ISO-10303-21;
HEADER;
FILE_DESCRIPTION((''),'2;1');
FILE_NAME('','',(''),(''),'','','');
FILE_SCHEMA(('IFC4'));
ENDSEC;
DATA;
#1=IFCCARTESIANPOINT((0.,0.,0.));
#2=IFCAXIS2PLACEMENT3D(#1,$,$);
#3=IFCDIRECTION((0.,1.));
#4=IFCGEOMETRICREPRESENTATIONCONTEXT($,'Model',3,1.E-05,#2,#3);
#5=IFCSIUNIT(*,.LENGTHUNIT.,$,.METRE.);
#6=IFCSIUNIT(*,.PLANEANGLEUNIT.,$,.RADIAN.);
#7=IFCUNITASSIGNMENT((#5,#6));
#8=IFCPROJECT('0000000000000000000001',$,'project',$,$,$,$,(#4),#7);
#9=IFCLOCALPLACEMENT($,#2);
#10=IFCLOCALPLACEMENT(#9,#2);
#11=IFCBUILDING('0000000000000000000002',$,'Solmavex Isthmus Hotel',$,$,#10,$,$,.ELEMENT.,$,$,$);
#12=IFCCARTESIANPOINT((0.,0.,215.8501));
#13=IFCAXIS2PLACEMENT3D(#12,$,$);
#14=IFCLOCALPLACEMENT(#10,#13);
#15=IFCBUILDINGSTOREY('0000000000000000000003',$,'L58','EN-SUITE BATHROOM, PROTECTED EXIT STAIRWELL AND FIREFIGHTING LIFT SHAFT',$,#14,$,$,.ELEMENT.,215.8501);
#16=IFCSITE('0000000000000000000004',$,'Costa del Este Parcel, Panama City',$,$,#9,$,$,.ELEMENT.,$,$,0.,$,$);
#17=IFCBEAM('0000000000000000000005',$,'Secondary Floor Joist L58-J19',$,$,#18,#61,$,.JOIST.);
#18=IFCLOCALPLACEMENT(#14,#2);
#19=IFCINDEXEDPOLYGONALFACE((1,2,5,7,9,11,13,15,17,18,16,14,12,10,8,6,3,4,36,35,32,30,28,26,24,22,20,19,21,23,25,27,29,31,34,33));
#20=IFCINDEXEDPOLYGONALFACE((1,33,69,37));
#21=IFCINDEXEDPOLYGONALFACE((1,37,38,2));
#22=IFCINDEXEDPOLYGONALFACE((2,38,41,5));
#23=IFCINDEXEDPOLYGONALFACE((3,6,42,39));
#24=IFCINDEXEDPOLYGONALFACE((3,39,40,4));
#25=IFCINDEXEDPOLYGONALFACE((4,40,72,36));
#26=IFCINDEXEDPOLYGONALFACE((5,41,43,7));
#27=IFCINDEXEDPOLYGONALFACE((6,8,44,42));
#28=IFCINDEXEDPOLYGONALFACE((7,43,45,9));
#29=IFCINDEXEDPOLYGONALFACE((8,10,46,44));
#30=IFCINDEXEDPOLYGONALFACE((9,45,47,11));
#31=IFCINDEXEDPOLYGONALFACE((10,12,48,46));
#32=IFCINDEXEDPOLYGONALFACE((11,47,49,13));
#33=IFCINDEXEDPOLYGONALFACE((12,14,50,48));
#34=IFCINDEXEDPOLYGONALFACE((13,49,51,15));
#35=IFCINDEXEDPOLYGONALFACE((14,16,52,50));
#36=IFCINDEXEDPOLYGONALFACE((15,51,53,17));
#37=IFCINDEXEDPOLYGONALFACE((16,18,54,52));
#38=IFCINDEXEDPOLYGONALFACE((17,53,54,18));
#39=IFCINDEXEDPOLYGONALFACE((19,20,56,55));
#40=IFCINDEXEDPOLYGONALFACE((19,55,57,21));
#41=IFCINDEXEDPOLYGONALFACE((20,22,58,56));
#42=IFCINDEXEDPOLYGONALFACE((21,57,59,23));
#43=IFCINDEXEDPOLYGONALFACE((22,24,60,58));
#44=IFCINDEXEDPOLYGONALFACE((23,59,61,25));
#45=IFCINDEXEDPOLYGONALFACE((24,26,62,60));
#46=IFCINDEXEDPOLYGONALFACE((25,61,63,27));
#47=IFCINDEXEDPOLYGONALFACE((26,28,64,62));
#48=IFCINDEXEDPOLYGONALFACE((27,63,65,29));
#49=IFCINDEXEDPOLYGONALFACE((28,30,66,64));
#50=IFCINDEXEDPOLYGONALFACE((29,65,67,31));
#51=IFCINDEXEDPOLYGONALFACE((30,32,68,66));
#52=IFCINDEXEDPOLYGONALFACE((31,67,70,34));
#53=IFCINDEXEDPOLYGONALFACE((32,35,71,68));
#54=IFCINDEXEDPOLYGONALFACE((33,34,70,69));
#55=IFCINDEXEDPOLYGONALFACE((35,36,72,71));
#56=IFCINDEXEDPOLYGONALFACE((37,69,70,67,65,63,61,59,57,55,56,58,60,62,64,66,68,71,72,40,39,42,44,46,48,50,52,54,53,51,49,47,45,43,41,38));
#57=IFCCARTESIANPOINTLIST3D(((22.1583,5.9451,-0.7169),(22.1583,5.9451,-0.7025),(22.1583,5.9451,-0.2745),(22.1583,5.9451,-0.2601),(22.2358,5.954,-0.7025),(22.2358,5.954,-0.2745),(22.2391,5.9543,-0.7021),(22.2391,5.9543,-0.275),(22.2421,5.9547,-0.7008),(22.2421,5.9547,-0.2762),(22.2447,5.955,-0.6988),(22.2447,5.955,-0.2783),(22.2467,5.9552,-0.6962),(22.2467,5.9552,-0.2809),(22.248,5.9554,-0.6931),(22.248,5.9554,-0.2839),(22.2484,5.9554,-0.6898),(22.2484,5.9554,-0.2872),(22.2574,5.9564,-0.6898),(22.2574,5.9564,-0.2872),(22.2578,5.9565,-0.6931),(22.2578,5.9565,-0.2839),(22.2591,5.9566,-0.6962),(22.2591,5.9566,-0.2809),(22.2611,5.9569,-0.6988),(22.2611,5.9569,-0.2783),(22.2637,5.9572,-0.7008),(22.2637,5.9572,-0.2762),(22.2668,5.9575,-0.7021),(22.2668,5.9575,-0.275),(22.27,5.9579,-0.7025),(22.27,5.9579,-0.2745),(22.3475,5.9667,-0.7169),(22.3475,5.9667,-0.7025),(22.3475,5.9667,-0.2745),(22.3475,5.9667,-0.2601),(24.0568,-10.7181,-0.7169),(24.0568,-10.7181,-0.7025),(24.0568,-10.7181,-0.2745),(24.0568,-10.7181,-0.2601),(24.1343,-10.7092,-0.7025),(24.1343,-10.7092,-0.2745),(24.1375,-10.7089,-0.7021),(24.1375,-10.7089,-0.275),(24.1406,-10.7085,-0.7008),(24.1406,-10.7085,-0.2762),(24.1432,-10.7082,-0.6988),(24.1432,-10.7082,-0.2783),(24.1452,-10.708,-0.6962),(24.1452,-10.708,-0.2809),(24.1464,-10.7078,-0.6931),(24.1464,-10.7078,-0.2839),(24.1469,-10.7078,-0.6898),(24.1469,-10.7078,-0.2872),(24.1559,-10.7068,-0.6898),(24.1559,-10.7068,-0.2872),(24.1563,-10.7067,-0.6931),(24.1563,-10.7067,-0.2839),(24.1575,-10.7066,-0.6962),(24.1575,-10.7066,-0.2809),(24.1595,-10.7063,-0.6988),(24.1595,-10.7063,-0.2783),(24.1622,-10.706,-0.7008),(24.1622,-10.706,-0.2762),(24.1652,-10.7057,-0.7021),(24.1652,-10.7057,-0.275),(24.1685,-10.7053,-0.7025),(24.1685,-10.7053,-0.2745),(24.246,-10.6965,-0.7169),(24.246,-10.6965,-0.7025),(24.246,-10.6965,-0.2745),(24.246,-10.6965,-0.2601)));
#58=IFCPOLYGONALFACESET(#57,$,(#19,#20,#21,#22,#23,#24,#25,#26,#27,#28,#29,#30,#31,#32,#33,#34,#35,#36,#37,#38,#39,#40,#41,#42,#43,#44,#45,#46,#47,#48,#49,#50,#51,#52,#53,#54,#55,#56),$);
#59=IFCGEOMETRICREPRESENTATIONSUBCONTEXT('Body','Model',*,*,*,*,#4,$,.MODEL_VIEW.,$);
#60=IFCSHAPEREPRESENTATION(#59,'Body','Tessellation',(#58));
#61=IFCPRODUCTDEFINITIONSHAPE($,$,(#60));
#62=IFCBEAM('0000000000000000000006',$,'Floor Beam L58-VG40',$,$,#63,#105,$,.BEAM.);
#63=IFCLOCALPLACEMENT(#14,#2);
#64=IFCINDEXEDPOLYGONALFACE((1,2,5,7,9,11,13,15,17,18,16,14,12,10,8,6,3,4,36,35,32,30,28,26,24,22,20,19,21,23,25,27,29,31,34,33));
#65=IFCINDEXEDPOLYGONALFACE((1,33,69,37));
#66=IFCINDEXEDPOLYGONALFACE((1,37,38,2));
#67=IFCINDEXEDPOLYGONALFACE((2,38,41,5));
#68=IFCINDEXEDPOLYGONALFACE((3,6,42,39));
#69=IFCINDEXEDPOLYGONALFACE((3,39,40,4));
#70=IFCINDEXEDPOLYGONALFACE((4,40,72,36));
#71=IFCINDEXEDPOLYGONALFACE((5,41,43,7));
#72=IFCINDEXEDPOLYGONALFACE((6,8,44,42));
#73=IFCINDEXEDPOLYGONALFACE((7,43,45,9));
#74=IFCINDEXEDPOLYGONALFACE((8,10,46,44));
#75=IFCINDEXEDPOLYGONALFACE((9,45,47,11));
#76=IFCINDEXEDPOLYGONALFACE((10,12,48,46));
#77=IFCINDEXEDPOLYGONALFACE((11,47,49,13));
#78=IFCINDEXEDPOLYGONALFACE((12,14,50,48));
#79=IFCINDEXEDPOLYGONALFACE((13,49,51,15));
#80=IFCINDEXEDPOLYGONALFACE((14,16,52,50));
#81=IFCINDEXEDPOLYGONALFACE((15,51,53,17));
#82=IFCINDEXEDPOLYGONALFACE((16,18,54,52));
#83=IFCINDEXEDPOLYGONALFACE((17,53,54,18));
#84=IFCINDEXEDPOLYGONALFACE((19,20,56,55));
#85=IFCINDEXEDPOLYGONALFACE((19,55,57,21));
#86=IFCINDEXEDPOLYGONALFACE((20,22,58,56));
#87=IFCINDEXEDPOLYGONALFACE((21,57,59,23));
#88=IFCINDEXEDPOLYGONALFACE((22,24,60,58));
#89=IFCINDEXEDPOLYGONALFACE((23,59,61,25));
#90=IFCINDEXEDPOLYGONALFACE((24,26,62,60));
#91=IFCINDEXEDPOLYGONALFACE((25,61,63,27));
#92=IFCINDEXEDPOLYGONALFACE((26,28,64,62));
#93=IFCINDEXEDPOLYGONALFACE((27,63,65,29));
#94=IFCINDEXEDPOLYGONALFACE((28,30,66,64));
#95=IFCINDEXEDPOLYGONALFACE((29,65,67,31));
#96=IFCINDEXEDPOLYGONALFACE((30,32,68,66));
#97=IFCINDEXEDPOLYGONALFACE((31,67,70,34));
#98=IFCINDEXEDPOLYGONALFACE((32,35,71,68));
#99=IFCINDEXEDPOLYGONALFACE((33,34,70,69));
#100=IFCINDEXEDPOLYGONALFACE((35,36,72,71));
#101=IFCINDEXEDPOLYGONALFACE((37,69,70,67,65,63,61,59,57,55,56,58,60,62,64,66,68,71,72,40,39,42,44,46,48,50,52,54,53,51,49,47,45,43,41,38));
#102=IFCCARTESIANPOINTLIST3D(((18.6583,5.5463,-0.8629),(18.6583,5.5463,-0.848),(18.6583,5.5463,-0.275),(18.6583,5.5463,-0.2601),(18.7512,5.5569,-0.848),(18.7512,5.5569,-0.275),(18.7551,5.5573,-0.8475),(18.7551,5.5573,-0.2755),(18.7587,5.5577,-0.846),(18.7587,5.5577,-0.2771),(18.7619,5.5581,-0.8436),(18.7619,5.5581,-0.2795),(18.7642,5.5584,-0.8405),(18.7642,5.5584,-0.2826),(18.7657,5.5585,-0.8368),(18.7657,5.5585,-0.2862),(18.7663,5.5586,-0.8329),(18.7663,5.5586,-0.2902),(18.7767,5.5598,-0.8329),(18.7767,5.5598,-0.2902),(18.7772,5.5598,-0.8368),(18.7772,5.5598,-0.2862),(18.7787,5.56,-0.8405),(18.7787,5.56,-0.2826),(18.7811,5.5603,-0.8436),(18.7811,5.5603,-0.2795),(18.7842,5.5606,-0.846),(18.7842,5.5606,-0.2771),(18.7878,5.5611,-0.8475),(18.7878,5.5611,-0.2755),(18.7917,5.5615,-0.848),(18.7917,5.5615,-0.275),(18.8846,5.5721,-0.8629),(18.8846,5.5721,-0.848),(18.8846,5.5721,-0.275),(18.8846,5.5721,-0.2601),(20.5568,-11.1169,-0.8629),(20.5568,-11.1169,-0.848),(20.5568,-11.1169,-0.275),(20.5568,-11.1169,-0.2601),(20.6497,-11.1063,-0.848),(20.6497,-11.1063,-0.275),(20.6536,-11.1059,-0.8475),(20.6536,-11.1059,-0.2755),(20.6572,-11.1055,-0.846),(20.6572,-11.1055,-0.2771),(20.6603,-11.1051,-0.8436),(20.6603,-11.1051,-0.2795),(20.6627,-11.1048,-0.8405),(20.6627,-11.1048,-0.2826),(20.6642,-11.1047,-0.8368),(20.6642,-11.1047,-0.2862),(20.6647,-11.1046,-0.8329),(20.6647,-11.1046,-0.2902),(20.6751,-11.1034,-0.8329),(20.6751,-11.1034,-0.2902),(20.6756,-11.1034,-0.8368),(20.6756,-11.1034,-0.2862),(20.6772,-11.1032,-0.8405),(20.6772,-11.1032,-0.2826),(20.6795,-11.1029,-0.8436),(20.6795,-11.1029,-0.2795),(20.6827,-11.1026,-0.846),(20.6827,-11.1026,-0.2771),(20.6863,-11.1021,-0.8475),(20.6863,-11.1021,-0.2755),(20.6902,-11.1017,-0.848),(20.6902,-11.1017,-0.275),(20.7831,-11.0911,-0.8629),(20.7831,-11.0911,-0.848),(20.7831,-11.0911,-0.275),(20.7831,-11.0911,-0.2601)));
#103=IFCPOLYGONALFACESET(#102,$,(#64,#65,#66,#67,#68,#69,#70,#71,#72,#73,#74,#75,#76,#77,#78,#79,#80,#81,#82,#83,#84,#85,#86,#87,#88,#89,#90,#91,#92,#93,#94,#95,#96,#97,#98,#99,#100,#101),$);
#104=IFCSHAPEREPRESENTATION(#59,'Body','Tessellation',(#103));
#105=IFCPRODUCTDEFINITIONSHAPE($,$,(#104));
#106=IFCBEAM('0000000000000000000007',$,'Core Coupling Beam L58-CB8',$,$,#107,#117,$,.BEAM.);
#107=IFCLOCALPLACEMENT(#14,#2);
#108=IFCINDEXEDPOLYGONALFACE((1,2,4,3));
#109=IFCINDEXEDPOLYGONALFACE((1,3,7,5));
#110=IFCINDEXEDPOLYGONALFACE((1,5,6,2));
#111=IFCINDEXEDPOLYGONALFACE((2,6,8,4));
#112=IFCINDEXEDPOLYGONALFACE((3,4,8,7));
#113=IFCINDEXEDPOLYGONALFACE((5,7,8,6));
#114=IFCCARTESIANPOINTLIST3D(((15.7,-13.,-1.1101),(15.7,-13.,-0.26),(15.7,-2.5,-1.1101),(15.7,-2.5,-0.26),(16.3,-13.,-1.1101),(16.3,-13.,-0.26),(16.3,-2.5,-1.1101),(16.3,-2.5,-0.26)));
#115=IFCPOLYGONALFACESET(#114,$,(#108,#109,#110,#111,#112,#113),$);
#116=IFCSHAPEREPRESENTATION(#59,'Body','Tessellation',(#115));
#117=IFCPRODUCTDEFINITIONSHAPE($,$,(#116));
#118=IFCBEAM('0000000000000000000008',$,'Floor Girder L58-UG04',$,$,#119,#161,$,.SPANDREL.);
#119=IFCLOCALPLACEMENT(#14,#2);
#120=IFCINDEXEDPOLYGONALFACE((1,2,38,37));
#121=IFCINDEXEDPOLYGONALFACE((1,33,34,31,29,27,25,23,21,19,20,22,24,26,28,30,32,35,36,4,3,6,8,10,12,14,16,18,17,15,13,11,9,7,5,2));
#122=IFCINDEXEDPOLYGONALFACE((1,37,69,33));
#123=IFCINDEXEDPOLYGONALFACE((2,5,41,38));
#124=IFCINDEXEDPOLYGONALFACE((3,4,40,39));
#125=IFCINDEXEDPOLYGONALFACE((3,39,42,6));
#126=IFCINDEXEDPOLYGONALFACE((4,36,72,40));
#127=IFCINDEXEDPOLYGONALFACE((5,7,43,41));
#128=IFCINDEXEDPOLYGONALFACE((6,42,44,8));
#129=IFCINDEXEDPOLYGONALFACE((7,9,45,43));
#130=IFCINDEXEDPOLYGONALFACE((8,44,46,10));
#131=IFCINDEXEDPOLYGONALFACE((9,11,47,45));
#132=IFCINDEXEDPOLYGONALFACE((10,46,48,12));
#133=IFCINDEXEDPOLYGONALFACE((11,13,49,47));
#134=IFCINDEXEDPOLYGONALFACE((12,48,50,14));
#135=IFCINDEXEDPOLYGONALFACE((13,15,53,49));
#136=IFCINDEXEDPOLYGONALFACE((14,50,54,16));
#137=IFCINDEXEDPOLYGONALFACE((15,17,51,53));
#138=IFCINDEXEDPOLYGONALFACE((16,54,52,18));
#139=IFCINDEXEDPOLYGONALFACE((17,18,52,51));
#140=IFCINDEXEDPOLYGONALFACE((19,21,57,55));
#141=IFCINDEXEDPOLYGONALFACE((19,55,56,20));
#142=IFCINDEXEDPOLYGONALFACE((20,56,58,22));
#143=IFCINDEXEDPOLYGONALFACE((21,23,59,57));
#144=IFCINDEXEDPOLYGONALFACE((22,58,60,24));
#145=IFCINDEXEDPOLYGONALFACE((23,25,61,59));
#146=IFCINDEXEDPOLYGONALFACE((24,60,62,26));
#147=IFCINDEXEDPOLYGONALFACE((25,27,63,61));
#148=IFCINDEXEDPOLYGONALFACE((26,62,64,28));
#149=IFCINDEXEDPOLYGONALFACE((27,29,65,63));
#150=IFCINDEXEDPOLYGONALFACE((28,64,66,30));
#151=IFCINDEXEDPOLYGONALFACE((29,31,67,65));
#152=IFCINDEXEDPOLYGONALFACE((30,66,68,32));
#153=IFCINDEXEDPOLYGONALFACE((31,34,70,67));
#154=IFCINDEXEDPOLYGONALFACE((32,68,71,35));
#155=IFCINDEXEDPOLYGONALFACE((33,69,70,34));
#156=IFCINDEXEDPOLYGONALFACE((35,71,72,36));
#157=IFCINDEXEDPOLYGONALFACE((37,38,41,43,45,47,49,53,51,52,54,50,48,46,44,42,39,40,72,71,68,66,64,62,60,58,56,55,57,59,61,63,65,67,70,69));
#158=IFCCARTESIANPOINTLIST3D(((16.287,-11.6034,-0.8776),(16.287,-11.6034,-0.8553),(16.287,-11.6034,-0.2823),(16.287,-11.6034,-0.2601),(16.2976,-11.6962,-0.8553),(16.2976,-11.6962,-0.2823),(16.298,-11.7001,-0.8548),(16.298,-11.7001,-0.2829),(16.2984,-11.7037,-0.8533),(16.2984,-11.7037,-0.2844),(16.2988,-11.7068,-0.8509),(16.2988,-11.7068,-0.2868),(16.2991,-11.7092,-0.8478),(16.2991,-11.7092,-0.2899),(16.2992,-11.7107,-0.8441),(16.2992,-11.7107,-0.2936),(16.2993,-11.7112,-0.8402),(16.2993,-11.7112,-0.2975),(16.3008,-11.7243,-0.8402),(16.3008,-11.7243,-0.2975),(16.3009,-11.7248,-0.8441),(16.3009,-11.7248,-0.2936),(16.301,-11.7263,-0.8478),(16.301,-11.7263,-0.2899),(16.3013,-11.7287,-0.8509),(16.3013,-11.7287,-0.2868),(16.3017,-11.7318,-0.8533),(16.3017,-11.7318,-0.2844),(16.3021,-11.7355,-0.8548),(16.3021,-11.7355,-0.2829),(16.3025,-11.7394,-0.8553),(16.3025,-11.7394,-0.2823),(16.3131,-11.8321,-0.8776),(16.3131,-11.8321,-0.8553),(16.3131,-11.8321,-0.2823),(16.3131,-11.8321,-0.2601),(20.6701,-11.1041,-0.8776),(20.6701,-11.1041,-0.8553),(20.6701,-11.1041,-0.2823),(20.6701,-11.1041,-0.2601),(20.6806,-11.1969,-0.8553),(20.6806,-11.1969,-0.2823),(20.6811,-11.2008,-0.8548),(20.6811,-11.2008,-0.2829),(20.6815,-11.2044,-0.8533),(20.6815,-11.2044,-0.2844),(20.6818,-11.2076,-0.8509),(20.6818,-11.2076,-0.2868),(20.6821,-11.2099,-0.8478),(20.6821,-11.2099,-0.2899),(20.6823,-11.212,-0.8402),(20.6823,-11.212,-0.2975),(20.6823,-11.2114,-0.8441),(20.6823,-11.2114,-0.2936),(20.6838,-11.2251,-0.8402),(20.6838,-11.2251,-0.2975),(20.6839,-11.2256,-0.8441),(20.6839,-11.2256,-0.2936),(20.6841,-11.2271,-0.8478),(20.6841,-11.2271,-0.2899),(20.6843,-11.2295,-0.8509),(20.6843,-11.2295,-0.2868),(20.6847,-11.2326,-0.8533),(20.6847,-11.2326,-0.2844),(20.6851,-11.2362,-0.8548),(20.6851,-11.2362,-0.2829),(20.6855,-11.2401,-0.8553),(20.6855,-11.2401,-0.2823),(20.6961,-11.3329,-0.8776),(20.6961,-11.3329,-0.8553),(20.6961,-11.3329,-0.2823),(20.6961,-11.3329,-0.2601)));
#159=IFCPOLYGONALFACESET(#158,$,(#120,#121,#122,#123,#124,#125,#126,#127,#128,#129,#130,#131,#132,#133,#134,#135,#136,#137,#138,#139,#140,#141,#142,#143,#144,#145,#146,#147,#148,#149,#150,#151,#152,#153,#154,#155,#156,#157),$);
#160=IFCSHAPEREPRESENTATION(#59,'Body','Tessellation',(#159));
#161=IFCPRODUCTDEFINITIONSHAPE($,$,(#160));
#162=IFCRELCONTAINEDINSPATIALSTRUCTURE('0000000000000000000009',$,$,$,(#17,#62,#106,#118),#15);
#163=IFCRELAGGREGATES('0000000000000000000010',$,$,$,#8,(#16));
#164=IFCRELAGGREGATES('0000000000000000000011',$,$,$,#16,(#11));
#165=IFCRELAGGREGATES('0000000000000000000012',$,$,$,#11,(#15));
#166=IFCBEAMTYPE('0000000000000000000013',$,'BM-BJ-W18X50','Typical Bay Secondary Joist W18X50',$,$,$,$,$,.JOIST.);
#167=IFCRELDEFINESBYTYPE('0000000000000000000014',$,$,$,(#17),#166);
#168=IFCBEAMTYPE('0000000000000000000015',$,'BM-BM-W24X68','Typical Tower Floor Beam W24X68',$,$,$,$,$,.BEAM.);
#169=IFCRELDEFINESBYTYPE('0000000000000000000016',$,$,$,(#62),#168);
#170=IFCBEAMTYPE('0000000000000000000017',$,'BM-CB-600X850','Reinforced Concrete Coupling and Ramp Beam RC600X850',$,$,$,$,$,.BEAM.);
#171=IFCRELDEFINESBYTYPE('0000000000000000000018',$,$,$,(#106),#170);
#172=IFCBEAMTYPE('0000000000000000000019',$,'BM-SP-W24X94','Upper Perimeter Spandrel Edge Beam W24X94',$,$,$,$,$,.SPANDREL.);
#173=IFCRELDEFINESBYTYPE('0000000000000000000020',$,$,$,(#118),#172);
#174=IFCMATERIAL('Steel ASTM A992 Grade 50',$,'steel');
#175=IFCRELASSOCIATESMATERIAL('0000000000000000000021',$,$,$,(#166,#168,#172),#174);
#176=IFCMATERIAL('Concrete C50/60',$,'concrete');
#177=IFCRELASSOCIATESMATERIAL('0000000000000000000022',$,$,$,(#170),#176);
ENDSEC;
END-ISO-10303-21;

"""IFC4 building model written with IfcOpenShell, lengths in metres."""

from ifc_helpers import new_model, si_unit, direction, frame, origin, origin_2d, place, context, subcontext, project, spatial, rectangle, i_section, extrude, material, material_profile, profile_set, type_object, element, save


model = new_model("IFC4")

# Units and contexts
model_context = context("Model", 3, precision=1e-05, world=origin(), true_north=direction((0.0, 1.0)))
body_context = subcontext(model_context, "Body", "Model", "MODEL_VIEW")
ifc_project = project(units=[si_unit("LENGTHUNIT", "METRE"), si_unit("PLANEANGLEUNIT", "RADIAN")], contexts=[model_context])

# Site, building, storey
site_placement = place(None, origin())
site = spatial("IfcSite", under=ifc_project, at=site_placement, Name="Costa del Este Parcel, Panama City", CompositionType="ELEMENT", RefElevation=0.0)
building_placement = place(site_placement, origin())
building = spatial("IfcBuilding", under=site, at=building_placement, Name="Solmavex Isthmus Hotel", CompositionType="ELEMENT")
storey_placement = place(building_placement, frame((0.0, 0.0, 215.8501)))
storey = spatial("IfcBuildingStorey", under=building, at=storey_placement, Name="L58", Description="EN-SUITE BATHROOM, PROTECTED EXIT STAIRWELL AND FIREFIGHTING LIFT SHAFT", CompositionType="ELEMENT", Elevation=215.8501)

# Shared definitions
ifc_material_1 = material(Name="Concrete C50/60", Category="concrete")

# Beams
ifc_material_2 = material(Name="Steel ASTM A992 Grade 50", Category="steel")
ifc_material_profile_1 = material_profile(ifc_material_2, i_section(OverallWidth=0.1904, OverallDepth=0.4568, WebThickness=0.009, FlangeThickness=0.0144, FilletRadius=0.0127, at=origin_2d()), Name="W18X50")
ifc_profile_set_1 = profile_set([ifc_material_profile_1], Name="Steel ASTM A992 Grade 50")
beam_type_1 = type_object("IfcBeamType", Name="BM-BJ-W18X50", Description="Typical Bay Secondary Joist W18X50", PredefinedType="JOIST", material=ifc_profile_set_1)
beam_1_placement = place(storey_placement, frame((24.1514, -10.7073, -0.4885), z_axis=(-0.113198, 0.993572, 0.0), x_axis=(-0.993572, -0.113198, 0.0)))
element("IfcBeam", 1, at=beam_1_placement, inside=storey, type_object=beam_type_1, Name="Secondary Floor Joist L58-J19", PredefinedType="JOIST", context=body_context, shape_type="SweptSolid", body=[
    extrude(i_section(OverallWidth=0.1904, OverallDepth=0.4568, WebThickness=0.009, FlangeThickness=0.0144, FilletRadius=0.0127, at=origin_2d()), origin(), (0.0, 0.0, 1.0), 16.771),
])
ifc_material_profile_2 = material_profile(ifc_material_2, i_section(OverallWidth=0.2278, OverallDepth=0.6028, WebThickness=0.0105, FlangeThickness=0.0149, FilletRadius=0.0151, at=origin_2d()), Name="W24X68")
ifc_profile_set_2 = profile_set([ifc_material_profile_2], Name="Steel ASTM A992 Grade 50")
beam_type_2 = type_object("IfcBeamType", Name="BM-BM-W24X68", Description="Typical Tower Floor Beam W24X68", PredefinedType="BEAM", material=ifc_profile_set_2)
beam_2_placement = place(storey_placement, frame((20.6699, -11.104, -0.5615), z_axis=(-0.113198, 0.993572, 0.0), x_axis=(-0.993572, -0.113198, 0.0)))
element("IfcBeam", 2, at=beam_2_placement, inside=storey, type_object=beam_type_2, Name="Floor Beam L58-VG40", PredefinedType="BEAM", context=body_context, shape_type="SweptSolid", body=[
    extrude(i_section(OverallWidth=0.2278, OverallDepth=0.6028, WebThickness=0.0105, FlangeThickness=0.0149, FilletRadius=0.0151, at=origin_2d()), origin(), (0.0, 0.0, 1.0), 16.771),
])
ifc_material_profile_3 = material_profile(ifc_material_1, rectangle(XDim=0.6001, YDim=0.8501, at=origin_2d()), Name="RC600X850")
ifc_profile_set_3 = profile_set([ifc_material_profile_3], Name="Concrete C50/60")
beam_type_3 = type_object("IfcBeamType", Name="BM-CB-600X850", Description="Reinforced Concrete Coupling and Ramp Beam RC600X850", PredefinedType="BEAM", material=ifc_profile_set_3)
beam_3_placement = place(storey_placement, frame((16.0, -13.0, -0.6851), z_axis=(0.0, 1.0, 0.0), x_axis=(-1.0, 0.0, 0.0)))
element("IfcBeam", 3, at=beam_3_placement, inside=storey, type_object=beam_type_3, Name="Core Coupling Beam L58-CB8", PredefinedType="BEAM", context=body_context, shape_type="SweptSolid", body=[
    extrude(rectangle(XDim=0.6001, YDim=0.8501, at=origin_2d()), origin(), (0.0, 0.0, 1.0), 10.5),
])
ifc_material_profile_4 = material_profile(ifc_material_2, i_section(OverallWidth=0.2302, OverallDepth=0.6174, WebThickness=0.0132, FlangeThickness=0.0222, FilletRadius=0.0151, at=origin_2d()), Name="W24X94")
ifc_profile_set_4 = profile_set([ifc_material_profile_4], Name="Steel ASTM A992 Grade 50")
beam_type_4 = type_object("IfcBeamType", Name="BM-SP-W24X94", Description="Upper Perimeter Spandrel Edge Beam W24X94", PredefinedType="SPANDREL", material=ifc_profile_set_4)
beam_4_placement = place(storey_placement, frame((16.3, -11.7178, -0.5688), z_axis=(0.993575, 0.113177, 0.0), x_axis=(-0.113177, 0.993575, 0.0)))
element("IfcBeam", 4, at=beam_4_placement, inside=storey, type_object=beam_type_4, Name="Floor Girder L58-UG04", PredefinedType="SPANDREL", context=body_context, shape_type="SweptSolid", body=[
    extrude(i_section(OverallWidth=0.2302, OverallDepth=0.6174, WebThickness=0.0132, FlangeThickness=0.0222, FilletRadius=0.0151, at=origin_2d()), origin(), (0.0, 0.0, 1.0), 4.4114),
])

save(model, "model.ifc")
